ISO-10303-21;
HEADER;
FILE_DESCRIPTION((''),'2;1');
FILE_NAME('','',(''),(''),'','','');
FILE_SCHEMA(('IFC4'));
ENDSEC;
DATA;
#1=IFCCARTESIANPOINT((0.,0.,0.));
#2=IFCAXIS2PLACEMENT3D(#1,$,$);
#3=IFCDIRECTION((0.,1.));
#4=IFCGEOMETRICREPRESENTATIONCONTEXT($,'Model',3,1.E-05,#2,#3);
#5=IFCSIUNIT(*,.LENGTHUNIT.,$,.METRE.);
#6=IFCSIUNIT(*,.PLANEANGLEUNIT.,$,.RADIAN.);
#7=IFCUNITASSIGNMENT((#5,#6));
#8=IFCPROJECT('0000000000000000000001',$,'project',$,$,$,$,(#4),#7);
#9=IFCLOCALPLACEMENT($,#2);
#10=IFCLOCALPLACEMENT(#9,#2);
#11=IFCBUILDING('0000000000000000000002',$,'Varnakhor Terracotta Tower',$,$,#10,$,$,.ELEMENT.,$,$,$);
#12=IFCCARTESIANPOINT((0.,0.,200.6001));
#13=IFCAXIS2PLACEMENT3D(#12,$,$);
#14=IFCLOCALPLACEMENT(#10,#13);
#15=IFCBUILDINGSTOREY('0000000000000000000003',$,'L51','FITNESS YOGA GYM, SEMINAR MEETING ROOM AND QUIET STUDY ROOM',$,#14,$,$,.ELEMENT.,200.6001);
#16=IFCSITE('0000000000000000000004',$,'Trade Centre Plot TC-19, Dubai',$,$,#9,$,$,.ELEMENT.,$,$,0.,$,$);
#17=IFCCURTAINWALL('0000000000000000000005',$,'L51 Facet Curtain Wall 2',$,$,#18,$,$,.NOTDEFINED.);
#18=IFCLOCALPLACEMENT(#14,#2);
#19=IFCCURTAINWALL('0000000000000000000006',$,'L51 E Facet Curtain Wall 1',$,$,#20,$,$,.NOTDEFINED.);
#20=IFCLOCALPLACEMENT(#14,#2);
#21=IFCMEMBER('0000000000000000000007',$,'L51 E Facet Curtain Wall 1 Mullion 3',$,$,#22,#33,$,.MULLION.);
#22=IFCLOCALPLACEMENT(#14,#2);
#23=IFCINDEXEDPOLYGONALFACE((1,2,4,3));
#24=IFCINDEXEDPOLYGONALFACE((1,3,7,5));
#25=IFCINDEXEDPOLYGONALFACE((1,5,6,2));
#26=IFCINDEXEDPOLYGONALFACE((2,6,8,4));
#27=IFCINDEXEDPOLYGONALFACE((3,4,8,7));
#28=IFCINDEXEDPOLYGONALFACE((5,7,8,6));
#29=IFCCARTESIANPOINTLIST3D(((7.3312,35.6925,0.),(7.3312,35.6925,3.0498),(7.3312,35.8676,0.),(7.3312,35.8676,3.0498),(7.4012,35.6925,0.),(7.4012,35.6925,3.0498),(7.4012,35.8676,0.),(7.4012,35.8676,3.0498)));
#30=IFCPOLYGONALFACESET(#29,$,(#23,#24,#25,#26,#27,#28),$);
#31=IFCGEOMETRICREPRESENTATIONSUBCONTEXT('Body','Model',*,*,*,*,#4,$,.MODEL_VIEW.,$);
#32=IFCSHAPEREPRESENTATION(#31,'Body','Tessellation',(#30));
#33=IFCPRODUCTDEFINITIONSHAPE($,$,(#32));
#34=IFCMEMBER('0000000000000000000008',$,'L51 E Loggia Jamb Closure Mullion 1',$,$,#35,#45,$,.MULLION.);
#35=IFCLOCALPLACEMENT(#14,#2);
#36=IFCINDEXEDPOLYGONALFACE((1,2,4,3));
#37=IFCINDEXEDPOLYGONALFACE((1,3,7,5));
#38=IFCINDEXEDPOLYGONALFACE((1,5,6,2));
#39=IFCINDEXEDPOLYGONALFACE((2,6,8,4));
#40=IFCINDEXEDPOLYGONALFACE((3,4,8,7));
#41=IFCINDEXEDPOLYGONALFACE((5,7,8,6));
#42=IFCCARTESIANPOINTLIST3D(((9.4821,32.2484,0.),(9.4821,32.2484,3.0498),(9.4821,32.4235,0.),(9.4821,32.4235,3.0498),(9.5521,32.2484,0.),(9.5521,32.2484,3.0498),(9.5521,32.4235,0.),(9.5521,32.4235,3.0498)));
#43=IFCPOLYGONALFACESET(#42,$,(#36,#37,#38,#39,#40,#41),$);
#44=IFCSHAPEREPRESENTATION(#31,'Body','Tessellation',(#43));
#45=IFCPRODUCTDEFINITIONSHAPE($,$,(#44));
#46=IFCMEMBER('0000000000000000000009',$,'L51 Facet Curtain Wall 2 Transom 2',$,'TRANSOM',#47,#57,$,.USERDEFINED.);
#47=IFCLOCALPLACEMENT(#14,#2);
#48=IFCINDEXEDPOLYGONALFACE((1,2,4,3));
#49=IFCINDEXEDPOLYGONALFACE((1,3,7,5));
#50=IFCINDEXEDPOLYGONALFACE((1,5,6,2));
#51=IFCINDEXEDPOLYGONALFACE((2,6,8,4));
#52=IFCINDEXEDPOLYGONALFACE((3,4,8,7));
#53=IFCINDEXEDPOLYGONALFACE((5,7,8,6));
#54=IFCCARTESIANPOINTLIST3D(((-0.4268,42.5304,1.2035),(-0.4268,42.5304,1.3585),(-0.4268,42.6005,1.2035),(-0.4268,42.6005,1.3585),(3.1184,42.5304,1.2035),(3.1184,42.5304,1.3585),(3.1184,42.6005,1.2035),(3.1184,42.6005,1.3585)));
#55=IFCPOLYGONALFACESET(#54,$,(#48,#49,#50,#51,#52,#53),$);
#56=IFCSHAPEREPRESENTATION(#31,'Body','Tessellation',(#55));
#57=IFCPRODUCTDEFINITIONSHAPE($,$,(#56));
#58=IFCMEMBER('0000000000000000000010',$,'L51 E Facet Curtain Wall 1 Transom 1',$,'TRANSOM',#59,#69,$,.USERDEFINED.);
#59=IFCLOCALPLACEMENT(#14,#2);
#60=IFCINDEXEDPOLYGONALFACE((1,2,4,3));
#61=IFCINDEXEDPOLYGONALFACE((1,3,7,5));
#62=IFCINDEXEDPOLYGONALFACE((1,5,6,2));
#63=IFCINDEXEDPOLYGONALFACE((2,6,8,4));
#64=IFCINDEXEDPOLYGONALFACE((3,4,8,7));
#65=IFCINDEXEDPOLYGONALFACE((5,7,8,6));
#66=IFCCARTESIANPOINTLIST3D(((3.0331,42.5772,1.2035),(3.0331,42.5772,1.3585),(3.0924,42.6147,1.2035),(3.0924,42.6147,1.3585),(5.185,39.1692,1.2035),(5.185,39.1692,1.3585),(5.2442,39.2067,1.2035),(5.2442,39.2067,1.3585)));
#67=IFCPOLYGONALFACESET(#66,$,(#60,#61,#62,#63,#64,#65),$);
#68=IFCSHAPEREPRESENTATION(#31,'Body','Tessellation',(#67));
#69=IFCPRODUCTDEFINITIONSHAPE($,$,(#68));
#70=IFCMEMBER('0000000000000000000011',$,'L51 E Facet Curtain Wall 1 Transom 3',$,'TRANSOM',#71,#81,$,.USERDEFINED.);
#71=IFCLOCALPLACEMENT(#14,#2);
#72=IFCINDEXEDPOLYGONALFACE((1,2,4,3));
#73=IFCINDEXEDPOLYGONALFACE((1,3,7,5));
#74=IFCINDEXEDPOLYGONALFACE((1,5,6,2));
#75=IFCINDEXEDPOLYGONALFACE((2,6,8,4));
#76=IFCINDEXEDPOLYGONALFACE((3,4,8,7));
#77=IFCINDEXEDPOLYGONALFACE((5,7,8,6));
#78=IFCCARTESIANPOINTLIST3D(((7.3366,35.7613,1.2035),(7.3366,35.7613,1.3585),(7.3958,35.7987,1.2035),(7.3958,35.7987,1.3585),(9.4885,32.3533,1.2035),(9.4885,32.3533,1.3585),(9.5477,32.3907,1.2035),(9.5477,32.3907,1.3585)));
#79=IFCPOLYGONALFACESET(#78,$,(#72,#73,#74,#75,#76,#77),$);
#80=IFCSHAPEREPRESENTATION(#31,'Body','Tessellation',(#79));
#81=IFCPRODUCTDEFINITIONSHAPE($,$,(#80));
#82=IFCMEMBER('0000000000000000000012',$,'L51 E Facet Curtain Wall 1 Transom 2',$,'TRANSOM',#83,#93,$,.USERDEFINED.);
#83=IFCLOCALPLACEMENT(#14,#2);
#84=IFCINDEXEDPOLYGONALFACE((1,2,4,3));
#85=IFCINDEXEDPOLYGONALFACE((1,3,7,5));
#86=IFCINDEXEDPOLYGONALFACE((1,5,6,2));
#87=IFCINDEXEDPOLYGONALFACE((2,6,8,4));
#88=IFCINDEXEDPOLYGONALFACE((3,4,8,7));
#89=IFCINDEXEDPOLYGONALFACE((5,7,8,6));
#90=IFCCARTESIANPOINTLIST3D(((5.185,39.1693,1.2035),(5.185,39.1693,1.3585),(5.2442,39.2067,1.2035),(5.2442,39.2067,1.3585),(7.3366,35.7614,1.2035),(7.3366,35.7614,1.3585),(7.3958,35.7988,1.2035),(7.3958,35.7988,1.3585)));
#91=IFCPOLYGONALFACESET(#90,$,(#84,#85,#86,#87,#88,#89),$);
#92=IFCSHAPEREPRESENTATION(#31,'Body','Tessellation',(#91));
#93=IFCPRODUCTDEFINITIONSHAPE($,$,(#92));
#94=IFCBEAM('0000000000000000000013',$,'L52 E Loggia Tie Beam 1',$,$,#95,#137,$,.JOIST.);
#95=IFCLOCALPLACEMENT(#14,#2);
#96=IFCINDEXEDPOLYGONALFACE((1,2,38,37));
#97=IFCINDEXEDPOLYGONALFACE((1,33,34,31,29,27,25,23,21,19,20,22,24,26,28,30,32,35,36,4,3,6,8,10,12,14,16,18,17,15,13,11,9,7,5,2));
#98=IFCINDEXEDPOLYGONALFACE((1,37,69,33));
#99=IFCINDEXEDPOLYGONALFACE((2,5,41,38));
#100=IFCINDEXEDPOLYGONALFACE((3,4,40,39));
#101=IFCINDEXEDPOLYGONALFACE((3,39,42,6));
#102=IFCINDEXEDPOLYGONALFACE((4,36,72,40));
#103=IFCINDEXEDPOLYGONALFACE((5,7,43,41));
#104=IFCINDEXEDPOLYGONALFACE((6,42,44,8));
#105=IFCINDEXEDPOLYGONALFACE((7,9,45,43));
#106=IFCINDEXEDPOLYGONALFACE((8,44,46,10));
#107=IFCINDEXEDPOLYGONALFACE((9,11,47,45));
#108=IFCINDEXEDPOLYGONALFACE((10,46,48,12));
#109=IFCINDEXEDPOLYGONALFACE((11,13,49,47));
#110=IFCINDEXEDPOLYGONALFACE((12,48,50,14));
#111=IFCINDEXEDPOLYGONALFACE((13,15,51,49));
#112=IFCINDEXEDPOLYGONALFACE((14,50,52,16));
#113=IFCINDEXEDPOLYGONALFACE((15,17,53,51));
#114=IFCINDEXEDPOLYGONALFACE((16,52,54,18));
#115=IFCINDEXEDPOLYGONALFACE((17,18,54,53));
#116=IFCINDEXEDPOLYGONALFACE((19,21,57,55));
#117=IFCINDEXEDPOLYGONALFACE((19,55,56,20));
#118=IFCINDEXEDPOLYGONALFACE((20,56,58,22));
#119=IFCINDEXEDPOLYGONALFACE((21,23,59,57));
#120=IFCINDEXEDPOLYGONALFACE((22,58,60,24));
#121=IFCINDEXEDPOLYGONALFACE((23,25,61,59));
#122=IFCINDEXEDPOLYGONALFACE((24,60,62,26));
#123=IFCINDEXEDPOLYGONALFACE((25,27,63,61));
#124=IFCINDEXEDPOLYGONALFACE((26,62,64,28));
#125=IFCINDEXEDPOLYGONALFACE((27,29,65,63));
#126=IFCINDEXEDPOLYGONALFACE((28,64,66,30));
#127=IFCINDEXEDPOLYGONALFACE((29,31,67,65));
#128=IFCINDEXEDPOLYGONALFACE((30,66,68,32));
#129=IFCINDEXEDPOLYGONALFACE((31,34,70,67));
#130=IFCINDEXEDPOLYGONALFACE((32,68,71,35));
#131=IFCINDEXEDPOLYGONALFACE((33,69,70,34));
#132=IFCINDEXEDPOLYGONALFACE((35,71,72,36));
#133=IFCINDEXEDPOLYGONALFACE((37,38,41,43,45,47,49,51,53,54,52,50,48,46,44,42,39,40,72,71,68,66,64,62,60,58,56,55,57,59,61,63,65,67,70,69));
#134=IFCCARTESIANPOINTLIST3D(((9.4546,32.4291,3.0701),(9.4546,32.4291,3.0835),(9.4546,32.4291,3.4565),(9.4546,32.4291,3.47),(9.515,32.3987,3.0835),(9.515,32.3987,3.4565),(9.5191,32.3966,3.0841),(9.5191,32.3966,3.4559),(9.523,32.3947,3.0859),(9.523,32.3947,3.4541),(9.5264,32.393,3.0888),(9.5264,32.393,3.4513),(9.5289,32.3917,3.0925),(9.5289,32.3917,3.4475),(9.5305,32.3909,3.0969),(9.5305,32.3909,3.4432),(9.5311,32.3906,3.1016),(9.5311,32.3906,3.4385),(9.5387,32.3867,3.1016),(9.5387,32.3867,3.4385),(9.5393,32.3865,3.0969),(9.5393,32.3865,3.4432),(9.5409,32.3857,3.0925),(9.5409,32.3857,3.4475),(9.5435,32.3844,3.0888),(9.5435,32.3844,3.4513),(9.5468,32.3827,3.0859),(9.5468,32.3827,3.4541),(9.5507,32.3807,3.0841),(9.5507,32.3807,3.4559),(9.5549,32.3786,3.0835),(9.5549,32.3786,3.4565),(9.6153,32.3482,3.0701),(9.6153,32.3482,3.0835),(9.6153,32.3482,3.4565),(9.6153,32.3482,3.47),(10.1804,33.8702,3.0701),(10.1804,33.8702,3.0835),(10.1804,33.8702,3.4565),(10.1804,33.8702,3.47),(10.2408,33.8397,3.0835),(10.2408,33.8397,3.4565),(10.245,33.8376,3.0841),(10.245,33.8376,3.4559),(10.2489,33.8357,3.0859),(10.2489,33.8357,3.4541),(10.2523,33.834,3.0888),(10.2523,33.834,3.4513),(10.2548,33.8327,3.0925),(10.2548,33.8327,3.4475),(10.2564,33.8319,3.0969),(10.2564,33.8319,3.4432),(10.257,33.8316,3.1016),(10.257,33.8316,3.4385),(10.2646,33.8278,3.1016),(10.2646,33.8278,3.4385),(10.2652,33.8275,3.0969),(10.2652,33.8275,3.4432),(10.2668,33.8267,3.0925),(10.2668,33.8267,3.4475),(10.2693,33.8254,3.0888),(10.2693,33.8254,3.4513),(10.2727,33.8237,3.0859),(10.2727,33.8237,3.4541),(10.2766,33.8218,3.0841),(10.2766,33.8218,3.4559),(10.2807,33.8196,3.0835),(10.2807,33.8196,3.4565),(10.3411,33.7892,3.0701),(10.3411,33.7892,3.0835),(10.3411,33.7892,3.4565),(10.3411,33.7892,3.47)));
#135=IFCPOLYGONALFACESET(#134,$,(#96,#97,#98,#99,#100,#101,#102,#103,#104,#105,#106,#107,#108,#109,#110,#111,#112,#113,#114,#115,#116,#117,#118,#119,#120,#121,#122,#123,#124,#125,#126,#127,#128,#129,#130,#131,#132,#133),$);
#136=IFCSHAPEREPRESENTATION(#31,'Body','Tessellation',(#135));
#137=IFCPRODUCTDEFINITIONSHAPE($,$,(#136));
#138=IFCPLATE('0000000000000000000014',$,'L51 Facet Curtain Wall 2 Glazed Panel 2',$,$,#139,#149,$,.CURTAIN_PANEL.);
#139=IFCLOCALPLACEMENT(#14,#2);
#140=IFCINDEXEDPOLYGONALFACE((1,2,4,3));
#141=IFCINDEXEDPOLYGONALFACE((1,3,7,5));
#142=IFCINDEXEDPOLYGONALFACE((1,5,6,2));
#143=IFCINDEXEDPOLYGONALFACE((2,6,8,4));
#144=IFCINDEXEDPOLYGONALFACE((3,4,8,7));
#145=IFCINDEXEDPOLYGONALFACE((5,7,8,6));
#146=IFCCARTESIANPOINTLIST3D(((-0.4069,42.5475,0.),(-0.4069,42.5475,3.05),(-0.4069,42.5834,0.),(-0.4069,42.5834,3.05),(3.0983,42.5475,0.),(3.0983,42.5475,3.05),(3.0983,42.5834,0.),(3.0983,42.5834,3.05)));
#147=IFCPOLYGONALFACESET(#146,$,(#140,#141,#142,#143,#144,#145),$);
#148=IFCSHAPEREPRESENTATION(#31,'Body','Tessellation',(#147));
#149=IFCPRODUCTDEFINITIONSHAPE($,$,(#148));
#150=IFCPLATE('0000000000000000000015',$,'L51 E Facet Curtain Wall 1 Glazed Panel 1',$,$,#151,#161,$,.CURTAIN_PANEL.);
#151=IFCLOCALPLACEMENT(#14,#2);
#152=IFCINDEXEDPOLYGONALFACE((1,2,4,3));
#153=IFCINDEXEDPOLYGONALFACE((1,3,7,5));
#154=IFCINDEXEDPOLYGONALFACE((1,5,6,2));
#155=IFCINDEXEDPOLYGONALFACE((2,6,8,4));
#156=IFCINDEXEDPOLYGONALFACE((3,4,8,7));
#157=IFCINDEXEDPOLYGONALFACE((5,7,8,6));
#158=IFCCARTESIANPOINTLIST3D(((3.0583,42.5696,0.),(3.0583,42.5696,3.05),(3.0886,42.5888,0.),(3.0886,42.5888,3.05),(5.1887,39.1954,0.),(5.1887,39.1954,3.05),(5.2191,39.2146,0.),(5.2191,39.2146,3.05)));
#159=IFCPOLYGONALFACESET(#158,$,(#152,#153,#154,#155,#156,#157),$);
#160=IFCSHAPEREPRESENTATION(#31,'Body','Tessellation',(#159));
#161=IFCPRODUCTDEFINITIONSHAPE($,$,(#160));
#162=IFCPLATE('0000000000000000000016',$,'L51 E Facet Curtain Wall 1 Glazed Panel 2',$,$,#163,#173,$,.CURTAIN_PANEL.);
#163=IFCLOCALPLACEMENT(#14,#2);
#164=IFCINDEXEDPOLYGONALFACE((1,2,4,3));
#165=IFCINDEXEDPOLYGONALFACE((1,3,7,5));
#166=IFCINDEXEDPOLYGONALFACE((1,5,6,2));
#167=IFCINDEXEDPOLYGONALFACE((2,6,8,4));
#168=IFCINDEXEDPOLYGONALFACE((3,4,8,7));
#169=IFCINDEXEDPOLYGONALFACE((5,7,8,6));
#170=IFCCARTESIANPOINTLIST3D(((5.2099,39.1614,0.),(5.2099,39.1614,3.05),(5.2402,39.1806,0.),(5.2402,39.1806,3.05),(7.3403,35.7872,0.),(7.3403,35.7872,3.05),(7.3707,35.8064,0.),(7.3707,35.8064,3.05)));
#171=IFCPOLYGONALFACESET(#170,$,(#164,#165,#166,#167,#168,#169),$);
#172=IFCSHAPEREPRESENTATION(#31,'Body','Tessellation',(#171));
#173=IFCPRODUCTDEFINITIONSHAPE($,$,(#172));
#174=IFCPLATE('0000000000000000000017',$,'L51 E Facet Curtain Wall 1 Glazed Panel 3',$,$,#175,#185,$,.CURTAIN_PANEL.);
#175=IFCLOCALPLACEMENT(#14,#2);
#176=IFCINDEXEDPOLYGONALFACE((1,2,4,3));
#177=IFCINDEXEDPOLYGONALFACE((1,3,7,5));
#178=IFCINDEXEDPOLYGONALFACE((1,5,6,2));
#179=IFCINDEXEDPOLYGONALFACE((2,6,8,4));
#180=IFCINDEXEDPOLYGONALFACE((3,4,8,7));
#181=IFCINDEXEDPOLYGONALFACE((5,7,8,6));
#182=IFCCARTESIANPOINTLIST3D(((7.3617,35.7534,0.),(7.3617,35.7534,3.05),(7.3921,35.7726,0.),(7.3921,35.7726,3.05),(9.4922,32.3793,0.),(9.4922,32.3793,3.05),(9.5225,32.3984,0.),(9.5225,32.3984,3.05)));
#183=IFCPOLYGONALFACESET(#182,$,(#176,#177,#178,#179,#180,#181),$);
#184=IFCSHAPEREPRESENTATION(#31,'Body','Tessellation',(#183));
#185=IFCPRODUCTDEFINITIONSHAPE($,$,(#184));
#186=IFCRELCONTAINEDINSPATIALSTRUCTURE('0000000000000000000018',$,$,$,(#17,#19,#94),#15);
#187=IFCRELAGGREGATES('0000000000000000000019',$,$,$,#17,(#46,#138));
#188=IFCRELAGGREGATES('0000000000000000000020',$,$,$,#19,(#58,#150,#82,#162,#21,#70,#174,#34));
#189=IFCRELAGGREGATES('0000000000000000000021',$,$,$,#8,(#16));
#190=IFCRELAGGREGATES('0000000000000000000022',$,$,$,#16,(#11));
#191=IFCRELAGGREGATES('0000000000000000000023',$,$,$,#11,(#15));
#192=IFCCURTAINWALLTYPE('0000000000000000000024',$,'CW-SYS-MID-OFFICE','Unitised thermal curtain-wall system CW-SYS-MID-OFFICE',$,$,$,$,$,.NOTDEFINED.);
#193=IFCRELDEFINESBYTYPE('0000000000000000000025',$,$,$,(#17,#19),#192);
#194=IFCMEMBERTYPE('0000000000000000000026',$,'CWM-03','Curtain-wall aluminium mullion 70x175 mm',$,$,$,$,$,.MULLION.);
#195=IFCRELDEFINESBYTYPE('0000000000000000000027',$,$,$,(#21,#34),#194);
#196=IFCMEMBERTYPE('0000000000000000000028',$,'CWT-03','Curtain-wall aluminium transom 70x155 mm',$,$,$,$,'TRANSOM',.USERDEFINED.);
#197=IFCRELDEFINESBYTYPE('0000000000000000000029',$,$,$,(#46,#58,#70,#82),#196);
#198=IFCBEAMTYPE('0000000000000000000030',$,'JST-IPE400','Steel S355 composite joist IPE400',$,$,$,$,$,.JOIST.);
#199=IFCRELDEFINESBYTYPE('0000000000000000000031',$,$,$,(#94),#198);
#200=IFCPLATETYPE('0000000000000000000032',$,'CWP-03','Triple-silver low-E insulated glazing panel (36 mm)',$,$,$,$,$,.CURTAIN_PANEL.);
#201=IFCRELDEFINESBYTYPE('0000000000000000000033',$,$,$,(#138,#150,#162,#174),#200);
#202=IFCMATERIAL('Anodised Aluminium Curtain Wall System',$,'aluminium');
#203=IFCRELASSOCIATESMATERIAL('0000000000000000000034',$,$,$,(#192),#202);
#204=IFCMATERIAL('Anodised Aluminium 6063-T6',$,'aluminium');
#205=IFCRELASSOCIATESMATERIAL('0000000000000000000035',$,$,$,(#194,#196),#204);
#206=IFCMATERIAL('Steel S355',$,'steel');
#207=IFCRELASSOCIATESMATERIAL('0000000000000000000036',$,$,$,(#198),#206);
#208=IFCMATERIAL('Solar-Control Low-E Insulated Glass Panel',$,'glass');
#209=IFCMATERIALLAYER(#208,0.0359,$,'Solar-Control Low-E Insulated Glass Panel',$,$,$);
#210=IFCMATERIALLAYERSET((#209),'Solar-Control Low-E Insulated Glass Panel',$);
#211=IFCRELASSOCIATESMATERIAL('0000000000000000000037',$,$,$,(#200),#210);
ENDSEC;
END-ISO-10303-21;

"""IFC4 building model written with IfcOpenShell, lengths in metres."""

from ifc_helpers import new_model, si_unit, direction, frame, origin, origin_2d, place, context, subcontext, project, spatial, rectangle, i_section, extrude, source, transform, mapped, material, layer, layer_set, material_profile, profile_set, type_object, type_shapes, element, aggregate, save


model = new_model("IFC4")

# Units and contexts
model_context = context("Model", 3, precision=1e-05, world=origin(), true_north=direction((0.0, 1.0)))
body_context = subcontext(model_context, "Body", "Model", "MODEL_VIEW")
ifc_project = project(units=[si_unit("LENGTHUNIT", "METRE"), si_unit("PLANEANGLEUNIT", "RADIAN")], contexts=[model_context])

# Site, building, storey
site_placement = place(None, origin())
site = spatial("IfcSite", under=ifc_project, at=site_placement, Name="Trade Centre Plot TC-19, Dubai", CompositionType="ELEMENT", RefElevation=0.0)
building_placement = place(site_placement, origin())
building = spatial("IfcBuilding", under=site, at=building_placement, Name="Varnakhor Terracotta Tower", CompositionType="ELEMENT")
storey_placement = place(building_placement, frame((0.0, 0.0, 200.6001)))
storey = spatial("IfcBuildingStorey", under=building, at=storey_placement, Name="L51", Description="FITNESS YOGA GYM, SEMINAR MEETING ROOM AND QUIET STUDY ROOM", CompositionType="ELEMENT", Elevation=200.6001)

# Shared definitions
ifc_material_1 = material(Name="Steel S355", Category="steel")

# Curtain wall
ifc_material_2 = material(Name="Anodised Aluminium Curtain Wall System", Category="aluminium")
curtain_wall_type = type_object("IfcCurtainWallType", Name="CW-SYS-MID-OFFICE", Description="Unitised thermal curtain-wall system CW-SYS-MID-OFFICE", PredefinedType="NOTDEFINED", material=ifc_material_2)
curtain_wall_1_placement = place(storey_placement, origin())
curtain_wall_1 = element("IfcCurtainWall", 1, at=curtain_wall_1_placement, inside=storey, type_object=curtain_wall_type, Name="L51 Facet Curtain Wall 2", PredefinedType="NOTDEFINED")
ifc_material_3 = material(Name="Anodised Aluminium 6063-T6", Category="aluminium")
ifc_material_profile_1 = material_profile(ifc_material_3, rectangle(XDim=0.0701, YDim=0.175, at=origin_2d()), Name="ALU MULLION 70x175")
ifc_profile_set_1 = profile_set([ifc_material_profile_1], Name="Anodised Aluminium 6063-T6")
member_type_1 = type_object("IfcMemberType", Name="CWM-03", Description="Curtain-wall aluminium mullion 70x175 mm", PredefinedType="MULLION", material=ifc_profile_set_1)
shared_shape_1 = source(origin(), body_context, "Body", "SweptSolid", [
    extrude(rectangle(XDim=0.0701, YDim=0.175, at=origin_2d()), origin(), (0.0, 0.0, 1.0), 3.0498),
])
type_shapes(member_type_1, [shared_shape_1])

# Curtain wall, members
curtain_wall_2_placement = place(storey_placement, origin())
curtain_wall_2 = element("IfcCurtainWall", 2, at=curtain_wall_2_placement, inside=storey, type_object=curtain_wall_type, Name="L51 E Facet Curtain Wall 1", PredefinedType="NOTDEFINED")
member_1_placement = place(storey_placement, frame((7.3662, 35.78, 0.0), z_axis=(0.0, 0.0, 1.0), x_axis=(1.0, 0.0, 0.0)))
member_1 = element("IfcMember", 3, at=member_1_placement, type_object=member_type_1, Name="L51 E Facet Curtain Wall 1 Mullion 3", PredefinedType="MULLION", context=body_context, shape_type="MappedRepresentation", body=[
    mapped(shared_shape_1, transform((0.0, 0.0, 0.0), scale=1.0)),
])
member_2_placement = place(storey_placement, frame((9.5171, 32.3359, 0.0), z_axis=(0.0, 0.0, 1.0), x_axis=(1.0, 0.0, 0.0)))
member_2 = element("IfcMember", 4, at=member_2_placement, type_object=member_type_1, Name="L51 E Loggia Jamb Closure Mullion 1", PredefinedType="MULLION", context=body_context, shape_type="MappedRepresentation", body=[
    mapped(shared_shape_1, transform((0.0, 0.0, 0.0), scale=1.0)),
])

# Members
ifc_material_profile_2 = material_profile(ifc_material_3, rectangle(XDim=0.0701, YDim=0.155, at=origin_2d()), Name="ALU TRANSOM 70x155")
ifc_profile_set_2 = profile_set([ifc_material_profile_2], Name="Anodised Aluminium 6063-T6")
member_type_2 = type_object("IfcMemberType", Name="CWT-03", Description="Curtain-wall aluminium transom 70x155 mm", ElementType="TRANSOM", PredefinedType="USERDEFINED", material=ifc_profile_set_2)
shared_shape_2 = source(origin(), body_context, "Body", "SweptSolid", [
    extrude(rectangle(XDim=0.0701, YDim=0.155, at=origin_2d()), origin(), (0.0, 0.0, 1.0), 3.5452),
])
member_3_placement = place(storey_placement, frame((-0.4268, 42.5654, 1.281), z_axis=(1.0, 0.0, 0.0), x_axis=(0.0, 1.0, 0.0)))
member_3 = element("IfcMember", 5, at=member_3_placement, type_object=member_type_2, Name="L51 Facet Curtain Wall 2 Transom 2", ObjectType="TRANSOM", PredefinedType="USERDEFINED", context=body_context, shape_type="MappedRepresentation", body=[
    mapped(shared_shape_2, transform((0.0, 0.0, 0.0), scale=1.0)),
])
shared_shape_3 = source(origin(), body_context, "Body", "SweptSolid", [
    extrude(rectangle(XDim=0.0701, YDim=0.155, at=origin_2d()), origin(), (0.0, 0.0, 1.0), 4.0305),
])
member_4_placement = place(storey_placement, frame((3.0627, 42.5959, 1.281), z_axis=(0.533897, -0.845549, 0.0), x_axis=(0.845549, 0.533897, 0.0)))
member_4 = element("IfcMember", 6, at=member_4_placement, type_object=member_type_2, Name="L51 E Facet Curtain Wall 1 Transom 1", ObjectType="TRANSOM", PredefinedType="USERDEFINED", context=body_context, shape_type="MappedRepresentation", body=[
    mapped(shared_shape_3, transform((0.0, 0.0, 0.0), scale=1.0)),
])
member_5_placement = place(storey_placement, frame((7.3662, 35.78, 1.281), z_axis=(0.533897, -0.845549, 0.0), x_axis=(0.845549, 0.533897, 0.0)))
member_5 = element("IfcMember", 7, at=member_5_placement, type_object=member_type_2, Name="L51 E Facet Curtain Wall 1 Transom 3", ObjectType="TRANSOM", PredefinedType="USERDEFINED", context=body_context, shape_type="MappedRepresentation", body=[
    mapped(shared_shape_3, transform((0.0, 0.0, 0.0), scale=1.0)),
])
shared_shape_4 = source(origin(), body_context, "Body", "SweptSolid", [
    extrude(rectangle(XDim=0.0701, YDim=0.155, at=origin_2d()), origin(), (0.0, 0.0, 1.0), 4.0303),
])
member_6_placement = place(storey_placement, frame((5.2146, 39.188, 1.281), z_axis=(0.533854, -0.845577, 0.0), x_axis=(0.845577, 0.533854, 0.0)))
member_6 = element("IfcMember", 8, at=member_6_placement, type_object=member_type_2, Name="L51 E Facet Curtain Wall 1 Transom 2", ObjectType="TRANSOM", PredefinedType="USERDEFINED", context=body_context, shape_type="MappedRepresentation", body=[
    mapped(shared_shape_4, transform((0.0, 0.0, 0.0), scale=1.0)),
])

# Beam
ifc_material_profile_3 = material_profile(ifc_material_1, i_section(OverallWidth=0.1799, OverallDepth=0.3999, WebThickness=0.0085, FlangeThickness=0.0134, FilletRadius=0.0181, at=origin_2d()), Name="IPE400")
ifc_profile_set_3 = profile_set([ifc_material_profile_3], Name="Steel S355")
beam_type_1 = type_object("IfcBeamType", Name="JST-IPE400", Description="Steel S355 composite joist IPE400", PredefinedType="JOIST", material=ifc_profile_set_3)
shared_shape_5 = source(origin(), body_context, "Body", "SweptSolid", [
    extrude(i_section(OverallWidth=0.1799, OverallDepth=0.3999, WebThickness=0.0085, FlangeThickness=0.0134, FilletRadius=0.0181, at=origin_2d()), origin(), (0.0, 0.0, 1.0), 1.6135),
])
beam_1_placement = place(storey_placement, frame((9.5349, 32.3887, 3.27), z_axis=(0.449875, 0.893092, 0.0), x_axis=(-0.893092, 0.449875, 0.0)))
element("IfcBeam", 9, at=beam_1_placement, inside=storey, type_object=beam_type_1, Name="L52 E Loggia Tie Beam 1", PredefinedType="JOIST", context=body_context, shape_type="MappedRepresentation", body=[
    mapped(shared_shape_5, transform((0.0, 0.0, 0.0), scale=1.0)),
])

# Plates
ifc_material_4 = material(Name="Solar-Control Low-E Insulated Glass Panel", Category="glass")
ifc_layer_1 = layer(ifc_material_4, 0.0359, Name="Solar-Control Low-E Insulated Glass Panel")
ifc_layer_set_1 = layer_set([ifc_layer_1], Name="Solar-Control Low-E Insulated Glass Panel")
plate_type = type_object("IfcPlateType", Name="CWP-03", Description="Triple-silver low-E insulated glazing panel (36 mm)", PredefinedType="CURTAIN_PANEL", material=ifc_layer_set_1)
shared_shape_6 = source(origin(), body_context, "Body", "SweptSolid", [
    extrude(rectangle(XDim=3.5051, YDim=0.0359, at=origin_2d()), origin(), (0.0, 0.0, 1.0), 3.05),
])
plate_1_placement = place(storey_placement, frame((1.3457, 42.5654, 0.0), z_axis=(0.0, 0.0, 1.0), x_axis=(1.0, 0.0, 0.0)))
plate_1 = element("IfcPlate", 10, at=plate_1_placement, type_object=plate_type, Name="L51 Facet Curtain Wall 2 Glazed Panel 2", PredefinedType="CURTAIN_PANEL", context=body_context, shape_type="MappedRepresentation", body=[
    mapped(shared_shape_6, transform((0.0, 0.0, 0.0), scale=1.0)),
])
aggregate(curtain_wall_1, [member_3, plate_1])
shared_shape_7 = source(origin(), body_context, "Body", "SweptSolid", [
    extrude(rectangle(XDim=3.9905, YDim=0.0359, at=origin_2d()), origin(), (0.0, 0.0, 1.0), 3.05),
])
plate_2_placement = place(storey_placement, frame((4.1387, 40.8921, 0.0), z_axis=(0.0, 0.0, 1.0), x_axis=(0.53388, -0.84556, 0.0)))
plate_2 = element("IfcPlate", 11, at=plate_2_placement, type_object=plate_type, Name="L51 E Facet Curtain Wall 1 Glazed Panel 1", PredefinedType="CURTAIN_PANEL", context=body_context, shape_type="MappedRepresentation", body=[
    mapped(shared_shape_7, transform((0.0, 0.0, 0.0), scale=1.0)),
])
plate_3_placement = place(storey_placement, frame((6.2903, 37.4839, 0.0), z_axis=(0.0, 0.0, 1.0), x_axis=(0.53388, -0.84556, 0.0)))
plate_3 = element("IfcPlate", 12, at=plate_3_placement, type_object=plate_type, Name="L51 E Facet Curtain Wall 1 Glazed Panel 2", PredefinedType="CURTAIN_PANEL", context=body_context, shape_type="MappedRepresentation", body=[
    mapped(shared_shape_7, transform((0.0, 0.0, 0.0), scale=1.0)),
])
plate_4_placement = place(storey_placement, frame((8.4421, 34.0759, 0.0), z_axis=(0.0, 0.0, 1.0), x_axis=(0.53388, -0.84556, 0.0)))
plate_4 = element("IfcPlate", 13, at=plate_4_placement, type_object=plate_type, Name="L51 E Facet Curtain Wall 1 Glazed Panel 3", PredefinedType="CURTAIN_PANEL", context=body_context, shape_type="MappedRepresentation", body=[
    mapped(shared_shape_7, transform((0.0, 0.0, 0.0), scale=1.0)),
])
aggregate(curtain_wall_2, [member_4, plate_2, member_6, plate_3, member_1, member_5, plate_4, member_2])

save(model, "model.ifc")
